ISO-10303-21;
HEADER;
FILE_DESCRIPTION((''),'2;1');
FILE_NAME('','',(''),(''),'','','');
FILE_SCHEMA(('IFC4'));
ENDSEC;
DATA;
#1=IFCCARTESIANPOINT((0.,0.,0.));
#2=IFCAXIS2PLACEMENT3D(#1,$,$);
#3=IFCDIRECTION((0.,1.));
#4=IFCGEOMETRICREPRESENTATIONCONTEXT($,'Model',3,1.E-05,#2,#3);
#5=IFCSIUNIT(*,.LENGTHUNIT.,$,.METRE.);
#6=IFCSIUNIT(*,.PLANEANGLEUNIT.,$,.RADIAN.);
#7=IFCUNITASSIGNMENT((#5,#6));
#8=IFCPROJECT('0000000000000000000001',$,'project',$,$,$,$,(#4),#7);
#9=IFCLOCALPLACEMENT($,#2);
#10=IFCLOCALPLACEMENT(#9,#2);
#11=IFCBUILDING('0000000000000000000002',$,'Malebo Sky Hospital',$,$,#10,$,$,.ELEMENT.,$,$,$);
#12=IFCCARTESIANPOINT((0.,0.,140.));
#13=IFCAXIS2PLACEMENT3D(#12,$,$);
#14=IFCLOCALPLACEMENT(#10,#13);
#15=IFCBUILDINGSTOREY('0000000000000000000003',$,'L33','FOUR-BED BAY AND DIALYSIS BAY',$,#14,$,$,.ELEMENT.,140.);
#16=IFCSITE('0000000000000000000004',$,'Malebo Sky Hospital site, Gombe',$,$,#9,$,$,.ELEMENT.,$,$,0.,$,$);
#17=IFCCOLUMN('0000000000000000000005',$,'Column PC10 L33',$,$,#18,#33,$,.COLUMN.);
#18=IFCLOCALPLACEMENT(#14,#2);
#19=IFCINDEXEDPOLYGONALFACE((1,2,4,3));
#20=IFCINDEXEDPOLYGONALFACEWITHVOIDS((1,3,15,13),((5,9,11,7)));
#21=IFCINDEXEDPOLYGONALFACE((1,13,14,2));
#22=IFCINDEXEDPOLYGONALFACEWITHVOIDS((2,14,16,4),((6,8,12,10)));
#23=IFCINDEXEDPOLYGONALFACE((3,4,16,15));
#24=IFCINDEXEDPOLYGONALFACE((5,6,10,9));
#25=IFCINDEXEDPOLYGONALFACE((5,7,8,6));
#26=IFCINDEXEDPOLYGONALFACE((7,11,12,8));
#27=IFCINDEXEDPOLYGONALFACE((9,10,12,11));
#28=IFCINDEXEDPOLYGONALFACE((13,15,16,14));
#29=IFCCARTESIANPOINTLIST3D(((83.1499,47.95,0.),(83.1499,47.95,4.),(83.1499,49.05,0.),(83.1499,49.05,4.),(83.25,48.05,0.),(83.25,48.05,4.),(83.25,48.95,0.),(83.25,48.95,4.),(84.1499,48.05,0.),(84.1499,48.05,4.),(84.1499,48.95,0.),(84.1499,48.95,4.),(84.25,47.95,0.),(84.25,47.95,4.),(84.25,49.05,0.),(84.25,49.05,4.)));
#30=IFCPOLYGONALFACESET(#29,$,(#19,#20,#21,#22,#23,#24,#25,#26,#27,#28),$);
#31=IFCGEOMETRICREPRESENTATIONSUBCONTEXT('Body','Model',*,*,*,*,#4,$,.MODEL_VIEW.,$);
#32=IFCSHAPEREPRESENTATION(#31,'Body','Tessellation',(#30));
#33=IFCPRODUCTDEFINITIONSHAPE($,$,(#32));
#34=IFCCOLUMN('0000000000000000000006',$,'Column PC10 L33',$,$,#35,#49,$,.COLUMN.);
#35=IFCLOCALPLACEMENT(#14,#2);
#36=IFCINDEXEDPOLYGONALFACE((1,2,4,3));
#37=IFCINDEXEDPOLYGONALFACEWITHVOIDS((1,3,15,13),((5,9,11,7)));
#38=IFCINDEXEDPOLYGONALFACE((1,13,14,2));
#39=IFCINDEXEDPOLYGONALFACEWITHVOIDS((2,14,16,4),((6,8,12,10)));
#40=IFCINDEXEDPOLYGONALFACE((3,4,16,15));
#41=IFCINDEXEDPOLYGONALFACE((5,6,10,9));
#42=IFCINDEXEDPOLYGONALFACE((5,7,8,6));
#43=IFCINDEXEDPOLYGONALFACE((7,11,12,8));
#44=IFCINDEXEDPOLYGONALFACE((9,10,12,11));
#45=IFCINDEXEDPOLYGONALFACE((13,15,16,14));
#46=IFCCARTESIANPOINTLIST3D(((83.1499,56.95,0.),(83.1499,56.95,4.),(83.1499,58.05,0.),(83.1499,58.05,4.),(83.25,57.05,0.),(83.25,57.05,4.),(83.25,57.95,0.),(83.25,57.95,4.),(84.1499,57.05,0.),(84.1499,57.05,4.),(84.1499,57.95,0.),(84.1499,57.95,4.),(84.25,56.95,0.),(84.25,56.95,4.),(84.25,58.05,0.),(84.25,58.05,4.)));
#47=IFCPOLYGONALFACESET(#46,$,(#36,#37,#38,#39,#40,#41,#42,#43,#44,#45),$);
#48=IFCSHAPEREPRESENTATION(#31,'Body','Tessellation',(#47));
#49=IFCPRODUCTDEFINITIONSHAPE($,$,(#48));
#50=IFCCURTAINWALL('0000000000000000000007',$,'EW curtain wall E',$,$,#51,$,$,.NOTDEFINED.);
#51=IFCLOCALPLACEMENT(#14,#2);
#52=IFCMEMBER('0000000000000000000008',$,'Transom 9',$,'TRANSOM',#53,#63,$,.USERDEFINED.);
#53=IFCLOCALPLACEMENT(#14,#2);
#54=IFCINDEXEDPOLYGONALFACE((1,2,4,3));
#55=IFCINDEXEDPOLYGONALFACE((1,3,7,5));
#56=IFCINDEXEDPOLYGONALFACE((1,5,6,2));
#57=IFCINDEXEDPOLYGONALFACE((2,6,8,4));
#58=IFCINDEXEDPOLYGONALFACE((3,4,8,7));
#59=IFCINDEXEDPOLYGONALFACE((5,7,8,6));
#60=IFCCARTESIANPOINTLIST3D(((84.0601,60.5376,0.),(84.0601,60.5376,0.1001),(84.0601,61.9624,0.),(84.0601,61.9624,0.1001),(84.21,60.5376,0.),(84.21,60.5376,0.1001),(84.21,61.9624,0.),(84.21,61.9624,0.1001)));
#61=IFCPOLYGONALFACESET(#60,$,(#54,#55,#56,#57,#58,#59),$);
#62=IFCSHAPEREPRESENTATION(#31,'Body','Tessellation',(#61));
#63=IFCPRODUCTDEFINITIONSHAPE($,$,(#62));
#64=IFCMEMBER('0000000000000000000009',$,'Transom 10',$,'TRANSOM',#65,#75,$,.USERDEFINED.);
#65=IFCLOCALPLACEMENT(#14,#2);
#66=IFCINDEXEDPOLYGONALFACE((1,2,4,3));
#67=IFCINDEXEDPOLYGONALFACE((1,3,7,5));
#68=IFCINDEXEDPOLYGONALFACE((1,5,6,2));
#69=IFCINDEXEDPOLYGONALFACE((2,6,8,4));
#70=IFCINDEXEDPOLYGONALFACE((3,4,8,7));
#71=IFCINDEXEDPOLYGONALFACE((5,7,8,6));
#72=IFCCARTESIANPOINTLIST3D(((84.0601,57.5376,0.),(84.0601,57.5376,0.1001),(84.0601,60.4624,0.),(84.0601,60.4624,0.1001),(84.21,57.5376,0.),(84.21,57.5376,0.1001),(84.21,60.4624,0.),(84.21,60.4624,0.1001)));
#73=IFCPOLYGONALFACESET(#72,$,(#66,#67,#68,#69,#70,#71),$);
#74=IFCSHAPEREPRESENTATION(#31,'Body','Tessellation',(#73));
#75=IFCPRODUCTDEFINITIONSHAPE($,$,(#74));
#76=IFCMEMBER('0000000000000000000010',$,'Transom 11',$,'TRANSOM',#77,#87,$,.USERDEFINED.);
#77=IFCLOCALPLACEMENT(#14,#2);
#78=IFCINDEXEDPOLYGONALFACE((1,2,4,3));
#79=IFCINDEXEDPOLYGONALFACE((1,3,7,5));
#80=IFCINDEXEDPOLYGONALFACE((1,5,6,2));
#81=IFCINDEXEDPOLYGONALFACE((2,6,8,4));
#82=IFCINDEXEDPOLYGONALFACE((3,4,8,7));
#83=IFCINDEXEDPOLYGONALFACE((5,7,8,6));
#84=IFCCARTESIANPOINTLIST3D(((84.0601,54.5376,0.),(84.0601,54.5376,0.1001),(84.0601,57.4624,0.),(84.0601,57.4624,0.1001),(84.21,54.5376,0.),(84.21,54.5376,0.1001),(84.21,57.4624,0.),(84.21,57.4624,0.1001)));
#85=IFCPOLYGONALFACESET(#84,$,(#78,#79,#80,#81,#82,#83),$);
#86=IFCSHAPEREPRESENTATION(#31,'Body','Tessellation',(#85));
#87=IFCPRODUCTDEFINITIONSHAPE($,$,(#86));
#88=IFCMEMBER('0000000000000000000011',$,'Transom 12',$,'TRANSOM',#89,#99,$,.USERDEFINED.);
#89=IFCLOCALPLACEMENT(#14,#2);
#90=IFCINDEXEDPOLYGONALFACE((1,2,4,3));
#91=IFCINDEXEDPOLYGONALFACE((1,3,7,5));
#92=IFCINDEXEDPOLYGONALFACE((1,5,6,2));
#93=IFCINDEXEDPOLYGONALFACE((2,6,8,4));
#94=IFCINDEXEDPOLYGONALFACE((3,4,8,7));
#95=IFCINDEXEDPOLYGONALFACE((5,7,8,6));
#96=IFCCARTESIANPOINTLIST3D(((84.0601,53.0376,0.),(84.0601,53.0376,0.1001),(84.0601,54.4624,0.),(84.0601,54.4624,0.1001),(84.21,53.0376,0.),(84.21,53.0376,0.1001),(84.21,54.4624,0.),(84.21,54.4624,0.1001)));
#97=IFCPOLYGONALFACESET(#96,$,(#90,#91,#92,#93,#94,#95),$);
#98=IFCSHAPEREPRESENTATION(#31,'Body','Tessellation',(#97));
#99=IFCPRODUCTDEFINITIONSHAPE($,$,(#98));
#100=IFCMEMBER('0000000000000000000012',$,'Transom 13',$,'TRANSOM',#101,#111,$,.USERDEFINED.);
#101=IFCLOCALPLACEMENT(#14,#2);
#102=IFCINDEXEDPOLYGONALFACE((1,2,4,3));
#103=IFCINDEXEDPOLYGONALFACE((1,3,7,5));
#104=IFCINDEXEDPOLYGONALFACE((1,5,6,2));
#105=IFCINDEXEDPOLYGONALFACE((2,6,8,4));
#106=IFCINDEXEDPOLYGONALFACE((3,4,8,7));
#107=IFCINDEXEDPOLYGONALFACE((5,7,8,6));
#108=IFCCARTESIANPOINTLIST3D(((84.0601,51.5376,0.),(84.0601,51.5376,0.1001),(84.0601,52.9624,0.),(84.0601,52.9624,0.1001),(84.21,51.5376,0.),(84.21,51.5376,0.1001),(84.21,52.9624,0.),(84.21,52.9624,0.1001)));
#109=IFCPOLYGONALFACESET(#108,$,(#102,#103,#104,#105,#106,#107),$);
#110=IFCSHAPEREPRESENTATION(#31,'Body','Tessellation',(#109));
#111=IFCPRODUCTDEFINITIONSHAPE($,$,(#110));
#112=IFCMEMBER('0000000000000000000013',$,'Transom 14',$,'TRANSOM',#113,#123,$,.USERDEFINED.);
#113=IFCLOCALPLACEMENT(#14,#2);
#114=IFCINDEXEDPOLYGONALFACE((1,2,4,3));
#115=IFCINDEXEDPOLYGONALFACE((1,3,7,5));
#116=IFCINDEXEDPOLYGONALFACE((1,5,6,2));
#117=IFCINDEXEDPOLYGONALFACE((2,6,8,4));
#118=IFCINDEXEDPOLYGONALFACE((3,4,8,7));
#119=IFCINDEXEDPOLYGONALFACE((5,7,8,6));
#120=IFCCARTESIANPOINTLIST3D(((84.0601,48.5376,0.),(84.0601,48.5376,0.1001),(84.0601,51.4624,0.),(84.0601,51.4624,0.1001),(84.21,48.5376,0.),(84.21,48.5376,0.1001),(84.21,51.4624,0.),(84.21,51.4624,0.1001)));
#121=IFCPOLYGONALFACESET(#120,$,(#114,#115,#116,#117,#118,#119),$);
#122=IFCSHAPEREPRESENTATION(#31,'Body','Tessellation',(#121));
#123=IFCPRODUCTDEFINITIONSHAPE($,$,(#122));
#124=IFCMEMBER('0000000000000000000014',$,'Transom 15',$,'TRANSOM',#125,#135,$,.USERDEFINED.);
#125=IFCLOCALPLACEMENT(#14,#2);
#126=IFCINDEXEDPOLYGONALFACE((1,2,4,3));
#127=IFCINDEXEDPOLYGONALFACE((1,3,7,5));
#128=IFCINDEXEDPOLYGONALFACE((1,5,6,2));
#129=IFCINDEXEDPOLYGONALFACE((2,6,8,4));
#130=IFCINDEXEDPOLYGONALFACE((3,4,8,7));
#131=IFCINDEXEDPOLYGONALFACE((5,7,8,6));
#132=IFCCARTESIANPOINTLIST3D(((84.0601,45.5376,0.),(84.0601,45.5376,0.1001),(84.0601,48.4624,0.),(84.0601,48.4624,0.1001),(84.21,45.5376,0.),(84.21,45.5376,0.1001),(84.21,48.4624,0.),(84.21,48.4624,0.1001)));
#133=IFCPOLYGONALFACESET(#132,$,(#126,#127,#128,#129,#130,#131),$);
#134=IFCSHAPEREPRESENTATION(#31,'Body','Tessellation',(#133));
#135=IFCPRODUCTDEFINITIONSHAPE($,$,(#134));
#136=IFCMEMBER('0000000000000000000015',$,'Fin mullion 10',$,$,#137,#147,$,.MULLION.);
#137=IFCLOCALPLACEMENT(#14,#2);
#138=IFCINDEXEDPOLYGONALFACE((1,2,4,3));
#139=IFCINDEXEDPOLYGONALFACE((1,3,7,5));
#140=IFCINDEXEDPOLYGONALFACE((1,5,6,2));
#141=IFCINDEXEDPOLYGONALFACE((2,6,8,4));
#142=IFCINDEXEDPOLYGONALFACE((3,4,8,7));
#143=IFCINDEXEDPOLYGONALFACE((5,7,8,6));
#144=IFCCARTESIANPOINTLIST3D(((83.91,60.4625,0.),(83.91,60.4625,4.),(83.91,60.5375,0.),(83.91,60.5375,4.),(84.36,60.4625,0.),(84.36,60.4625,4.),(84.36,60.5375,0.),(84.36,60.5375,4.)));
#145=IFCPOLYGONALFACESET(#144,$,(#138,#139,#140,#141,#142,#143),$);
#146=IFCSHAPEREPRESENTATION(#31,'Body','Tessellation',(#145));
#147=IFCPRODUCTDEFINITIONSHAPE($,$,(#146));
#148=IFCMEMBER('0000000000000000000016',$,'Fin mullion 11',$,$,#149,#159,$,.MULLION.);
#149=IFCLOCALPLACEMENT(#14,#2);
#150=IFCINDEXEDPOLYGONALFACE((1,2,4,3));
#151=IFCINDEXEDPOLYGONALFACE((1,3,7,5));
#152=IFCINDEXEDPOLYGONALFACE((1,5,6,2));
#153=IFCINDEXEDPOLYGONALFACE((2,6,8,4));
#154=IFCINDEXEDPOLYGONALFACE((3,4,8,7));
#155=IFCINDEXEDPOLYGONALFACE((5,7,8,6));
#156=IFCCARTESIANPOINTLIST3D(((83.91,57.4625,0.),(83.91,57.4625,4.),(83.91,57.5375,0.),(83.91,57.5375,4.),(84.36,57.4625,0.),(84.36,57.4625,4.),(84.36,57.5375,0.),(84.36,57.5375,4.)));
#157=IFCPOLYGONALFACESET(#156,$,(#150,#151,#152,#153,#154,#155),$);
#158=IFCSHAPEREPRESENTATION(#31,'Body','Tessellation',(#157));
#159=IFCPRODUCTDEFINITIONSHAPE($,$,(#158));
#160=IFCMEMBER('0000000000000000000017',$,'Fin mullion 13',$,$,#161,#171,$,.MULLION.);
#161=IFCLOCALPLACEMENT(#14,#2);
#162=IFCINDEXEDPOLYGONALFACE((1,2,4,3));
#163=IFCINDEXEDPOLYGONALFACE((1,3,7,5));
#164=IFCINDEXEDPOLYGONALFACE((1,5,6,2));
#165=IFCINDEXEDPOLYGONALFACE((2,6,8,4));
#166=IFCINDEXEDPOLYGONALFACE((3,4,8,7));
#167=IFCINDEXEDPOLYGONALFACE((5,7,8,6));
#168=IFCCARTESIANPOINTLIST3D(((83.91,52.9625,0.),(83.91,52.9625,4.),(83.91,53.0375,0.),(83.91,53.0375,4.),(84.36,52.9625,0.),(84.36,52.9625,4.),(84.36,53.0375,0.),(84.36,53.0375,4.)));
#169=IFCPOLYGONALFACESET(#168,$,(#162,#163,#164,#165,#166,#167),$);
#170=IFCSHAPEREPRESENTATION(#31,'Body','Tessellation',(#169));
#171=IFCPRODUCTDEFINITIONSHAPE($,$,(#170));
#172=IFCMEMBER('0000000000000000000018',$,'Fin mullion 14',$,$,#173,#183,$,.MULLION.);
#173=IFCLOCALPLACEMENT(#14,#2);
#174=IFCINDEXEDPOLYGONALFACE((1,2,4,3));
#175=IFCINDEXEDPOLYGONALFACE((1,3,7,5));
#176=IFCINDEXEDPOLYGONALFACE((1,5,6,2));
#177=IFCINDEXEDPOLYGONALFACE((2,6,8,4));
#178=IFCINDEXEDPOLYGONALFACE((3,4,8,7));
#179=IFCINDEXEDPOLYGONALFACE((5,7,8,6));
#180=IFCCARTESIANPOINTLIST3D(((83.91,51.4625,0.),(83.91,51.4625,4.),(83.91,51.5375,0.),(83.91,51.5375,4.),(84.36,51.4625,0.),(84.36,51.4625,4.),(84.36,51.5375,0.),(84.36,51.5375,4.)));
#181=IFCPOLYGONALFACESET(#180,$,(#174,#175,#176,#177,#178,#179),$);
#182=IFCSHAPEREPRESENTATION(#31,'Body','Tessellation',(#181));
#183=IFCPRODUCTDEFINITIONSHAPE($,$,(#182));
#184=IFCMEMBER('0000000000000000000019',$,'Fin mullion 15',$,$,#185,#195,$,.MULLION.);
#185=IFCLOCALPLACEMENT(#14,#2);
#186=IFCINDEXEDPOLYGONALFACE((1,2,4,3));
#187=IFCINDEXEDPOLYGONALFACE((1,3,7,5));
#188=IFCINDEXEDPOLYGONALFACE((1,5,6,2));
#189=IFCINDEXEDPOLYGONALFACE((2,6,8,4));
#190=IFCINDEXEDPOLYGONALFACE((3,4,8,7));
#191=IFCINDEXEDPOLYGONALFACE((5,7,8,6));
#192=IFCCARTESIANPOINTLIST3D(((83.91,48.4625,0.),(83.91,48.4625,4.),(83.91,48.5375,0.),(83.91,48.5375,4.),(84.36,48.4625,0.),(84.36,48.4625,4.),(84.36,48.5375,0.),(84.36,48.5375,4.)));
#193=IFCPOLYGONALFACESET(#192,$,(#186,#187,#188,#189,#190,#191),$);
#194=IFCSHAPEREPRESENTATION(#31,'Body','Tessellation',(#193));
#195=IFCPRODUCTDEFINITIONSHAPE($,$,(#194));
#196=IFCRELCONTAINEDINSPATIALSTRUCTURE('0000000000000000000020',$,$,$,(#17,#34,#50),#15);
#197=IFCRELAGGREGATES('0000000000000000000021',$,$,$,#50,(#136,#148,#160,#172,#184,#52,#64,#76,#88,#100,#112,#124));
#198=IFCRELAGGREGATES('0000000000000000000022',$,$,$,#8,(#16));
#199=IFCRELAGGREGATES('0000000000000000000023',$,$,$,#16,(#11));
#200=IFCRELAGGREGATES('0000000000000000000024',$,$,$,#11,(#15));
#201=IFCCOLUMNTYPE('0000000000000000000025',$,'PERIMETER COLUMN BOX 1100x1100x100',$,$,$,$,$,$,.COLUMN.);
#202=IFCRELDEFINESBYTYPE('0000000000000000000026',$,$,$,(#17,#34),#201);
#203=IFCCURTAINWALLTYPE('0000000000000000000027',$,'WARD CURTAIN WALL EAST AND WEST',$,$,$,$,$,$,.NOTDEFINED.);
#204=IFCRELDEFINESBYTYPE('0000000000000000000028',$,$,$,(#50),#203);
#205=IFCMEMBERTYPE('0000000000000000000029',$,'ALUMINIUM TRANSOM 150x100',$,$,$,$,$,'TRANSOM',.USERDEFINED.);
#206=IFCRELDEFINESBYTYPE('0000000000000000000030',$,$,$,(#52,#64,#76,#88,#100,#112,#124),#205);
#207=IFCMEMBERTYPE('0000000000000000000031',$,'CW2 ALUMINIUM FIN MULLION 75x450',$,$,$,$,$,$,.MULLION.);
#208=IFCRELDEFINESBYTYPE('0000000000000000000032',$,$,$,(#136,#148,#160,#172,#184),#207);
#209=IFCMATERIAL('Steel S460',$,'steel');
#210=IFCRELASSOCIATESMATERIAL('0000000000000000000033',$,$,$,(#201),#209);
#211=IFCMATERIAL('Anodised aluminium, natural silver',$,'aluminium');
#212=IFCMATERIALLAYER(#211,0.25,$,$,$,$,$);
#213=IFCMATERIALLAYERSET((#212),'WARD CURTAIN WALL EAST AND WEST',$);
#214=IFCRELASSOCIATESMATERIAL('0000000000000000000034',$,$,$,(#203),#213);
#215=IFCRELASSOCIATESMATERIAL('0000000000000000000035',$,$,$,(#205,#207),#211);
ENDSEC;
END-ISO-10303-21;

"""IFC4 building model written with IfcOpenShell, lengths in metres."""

from ifc_helpers import new_model, si_unit, direction, frame, origin, origin_2d, place, context, subcontext, project, spatial, rectangle, hollow_rectangle, extrude, material, layer, layer_set, material_profile, profile_set, type_object, element, aggregate, save


model = new_model("IFC4")

# Units and contexts
model_context = context("Model", 3, precision=1e-05, world=origin(), true_north=direction((0.0, 1.0)))
body_context = subcontext(model_context, "Body", "Model", "MODEL_VIEW")
ifc_project = project(units=[si_unit("LENGTHUNIT", "METRE"), si_unit("PLANEANGLEUNIT", "RADIAN")], contexts=[model_context])

# Site, building, storey
site_placement = place(None, origin())
site = spatial("IfcSite", under=ifc_project, at=site_placement, Name="Malebo Sky Hospital site, Gombe", CompositionType="ELEMENT", RefElevation=0.0)
building_placement = place(site_placement, origin())
building = spatial("IfcBuilding", under=site, at=building_placement, Name="Malebo Sky Hospital", CompositionType="ELEMENT")
storey_placement = place(building_placement, frame((0.0, 0.0, 140.0)))
storey = spatial("IfcBuildingStorey", under=building, at=storey_placement, Name="L33", Description="FOUR-BED BAY AND DIALYSIS BAY", CompositionType="ELEMENT", Elevation=140.0)

# Columns
ifc_material_1 = material(Name="Steel S460", Category="steel")
ifc_material_profile_1 = material_profile(ifc_material_1, hollow_rectangle(XDim=1.1001, YDim=1.1001, WallThickness=0.1001, at=origin_2d()), Name="BOX 1100x1100x100")
ifc_profile_set_1 = profile_set([ifc_material_profile_1], Name="Steel S460")
column_type = type_object("IfcColumnType", Name="PERIMETER COLUMN BOX 1100x1100x100", PredefinedType="COLUMN", material=ifc_profile_set_1)
for number, where, z_axis, x_axis, name in (
    (1, (83.7, 48.5, 0.0), (0.0, 0.0, 1.0), (1.0, 0.0, 0.0), "Column PC10 L33"),
    (2, (83.7, 57.5, 0.0), (0.0, 0.0, 1.0), (1.0, 0.0, 0.0), "Column PC10 L33"),
):
    element("IfcColumn", number, at=place(storey_placement, frame(where, z_axis=z_axis, x_axis=x_axis)), inside=storey, type_object=column_type, Name=name, PredefinedType="COLUMN", context=body_context, shape_type="SweptSolid", body=[
        extrude(hollow_rectangle(XDim=1.1001, YDim=1.1001, WallThickness=0.1001, at=origin_2d()), origin(), (0.0, 0.0, 1.0), 4.0),
    ])

# Curtain wall, members
ifc_material_2 = material(Name="Anodised aluminium, natural silver", Category="aluminium")
ifc_layer_1 = layer(ifc_material_2, 0.25)
ifc_layer_set_1 = layer_set([ifc_layer_1], Name="WARD CURTAIN WALL EAST AND WEST")
curtain_wall_type = type_object("IfcCurtainWallType", Name="WARD CURTAIN WALL EAST AND WEST", PredefinedType="NOTDEFINED", material=ifc_layer_set_1)
curtain_wall_placement = place(storey_placement, origin())
curtain_wall = element("IfcCurtainWall", 3, at=curtain_wall_placement, inside=storey, type_object=curtain_wall_type, Name="EW curtain wall E", PredefinedType="NOTDEFINED")
ifc_material_profile_2 = material_profile(ifc_material_2, rectangle(XDim=0.1499, YDim=0.1001, at=origin_2d()), Name="ALUMINIUM TRANSOM 150x100")
ifc_profile_set_2 = profile_set([ifc_material_profile_2], Name="Anodised aluminium, natural silver")
member_type_1 = type_object("IfcMemberType", Name="ALUMINIUM TRANSOM 150x100", ElementType="TRANSOM", PredefinedType="USERDEFINED", material=ifc_profile_set_2)
member_1_placement = place(storey_placement, frame((84.135, 61.9624, 0.05), z_axis=(0.0, -1.0, 0.0), x_axis=(1.0, 0.0, 0.0)))
member_1 = element("IfcMember", 4, at=member_1_placement, type_object=member_type_1, Name="Transom 9", ObjectType="TRANSOM", PredefinedType="USERDEFINED", context=body_context, shape_type="SweptSolid", body=[
    extrude(rectangle(XDim=0.1499, YDim=0.1001, at=origin_2d()), origin(), (0.0, 0.0, 1.0), 1.4248),
])
member_2_placement = place(storey_placement, frame((84.135, 60.4624, 0.05), z_axis=(0.0, -1.0, 0.0), x_axis=(1.0, 0.0, 0.0)))
member_2 = element("IfcMember", 5, at=member_2_placement, type_object=member_type_1, Name="Transom 10", ObjectType="TRANSOM", PredefinedType="USERDEFINED", context=body_context, shape_type="SweptSolid", body=[
    extrude(rectangle(XDim=0.1499, YDim=0.1001, at=origin_2d()), origin(), (0.0, 0.0, 1.0), 2.9248),
])
member_3_placement = place(storey_placement, frame((84.135, 57.4624, 0.05), z_axis=(0.0, -1.0, 0.0), x_axis=(1.0, 0.0, 0.0)))
member_3 = element("IfcMember", 6, at=member_3_placement, type_object=member_type_1, Name="Transom 11", ObjectType="TRANSOM", PredefinedType="USERDEFINED", context=body_context, shape_type="SweptSolid", body=[
    extrude(rectangle(XDim=0.1499, YDim=0.1001, at=origin_2d()), origin(), (0.0, 0.0, 1.0), 2.9248),
])
member_4_placement = place(storey_placement, frame((84.135, 54.4624, 0.05), z_axis=(0.0, -1.0, 0.0), x_axis=(1.0, 0.0, 0.0)))
member_4 = element("IfcMember", 7, at=member_4_placement, type_object=member_type_1, Name="Transom 12", ObjectType="TRANSOM", PredefinedType="USERDEFINED", context=body_context, shape_type="SweptSolid", body=[
    extrude(rectangle(XDim=0.1499, YDim=0.1001, at=origin_2d()), origin(), (0.0, 0.0, 1.0), 1.4248),
])
member_5_placement = place(storey_placement, frame((84.135, 52.9624, 0.05), z_axis=(0.0, -1.0, 0.0), x_axis=(1.0, 0.0, 0.0)))
member_5 = element("IfcMember", 8, at=member_5_placement, type_object=member_type_1, Name="Transom 13", ObjectType="TRANSOM", PredefinedType="USERDEFINED", context=body_context, shape_type="SweptSolid", body=[
    extrude(rectangle(XDim=0.1499, YDim=0.1001, at=origin_2d()), origin(), (0.0, 0.0, 1.0), 1.4248),
])
member_6_placement = place(storey_placement, frame((84.135, 51.4624, 0.05), z_axis=(0.0, -1.0, 0.0), x_axis=(1.0, 0.0, 0.0)))
member_6 = element("IfcMember", 9, at=member_6_placement, type_object=member_type_1, Name="Transom 14", ObjectType="TRANSOM", PredefinedType="USERDEFINED", context=body_context, shape_type="SweptSolid", body=[
    extrude(rectangle(XDim=0.1499, YDim=0.1001, at=origin_2d()), origin(), (0.0, 0.0, 1.0), 2.9248),
])
member_7_placement = place(storey_placement, frame((84.135, 48.4624, 0.05), z_axis=(0.0, -1.0, 0.0), x_axis=(1.0, 0.0, 0.0)))
member_7 = element("IfcMember", 10, at=member_7_placement, type_object=member_type_1, Name="Transom 15", ObjectType="TRANSOM", PredefinedType="USERDEFINED", context=body_context, shape_type="SweptSolid", body=[
    extrude(rectangle(XDim=0.1499, YDim=0.1001, at=origin_2d()), origin(), (0.0, 0.0, 1.0), 2.9248),
])
ifc_material_profile_3 = material_profile(ifc_material_2, rectangle(XDim=0.075, YDim=0.45, at=origin_2d()), Name="CW2 ALUMINIUM FIN MULLION 75x450")
ifc_profile_set_3 = profile_set([ifc_material_profile_3], Name="Anodised aluminium, natural silver")
member_type_2 = type_object("IfcMemberType", Name="CW2 ALUMINIUM FIN MULLION 75x450", PredefinedType="MULLION", material=ifc_profile_set_3)
member_8_placement = place(storey_placement, frame((84.135, 60.5, 0.0), z_axis=(0.0, 0.0, 1.0), x_axis=(0.0, -1.0, 0.0)))
member_8 = element("IfcMember", 11, at=member_8_placement, type_object=member_type_2, Name="Fin mullion 10", PredefinedType="MULLION", context=body_context, shape_type="SweptSolid", body=[
    extrude(rectangle(XDim=0.075, YDim=0.45, at=origin_2d()), origin(), (0.0, 0.0, 1.0), 4.0),
])
member_9_placement = place(storey_placement, frame((84.135, 57.5, 0.0), z_axis=(0.0, 0.0, 1.0), x_axis=(0.0, -1.0, 0.0)))
member_9 = element("IfcMember", 12, at=member_9_placement, type_object=member_type_2, Name="Fin mullion 11", PredefinedType="MULLION", context=body_context, shape_type="SweptSolid", body=[
    extrude(rectangle(XDim=0.075, YDim=0.45, at=origin_2d()), origin(), (0.0, 0.0, 1.0), 4.0),
])
member_10_placement = place(storey_placement, frame((84.135, 53.0, 0.0), z_axis=(0.0, 0.0, 1.0), x_axis=(0.0, -1.0, 0.0)))
member_10 = element("IfcMember", 13, at=member_10_placement, type_object=member_type_2, Name="Fin mullion 13", PredefinedType="MULLION", context=body_context, shape_type="SweptSolid", body=[
    extrude(rectangle(XDim=0.075, YDim=0.45, at=origin_2d()), origin(), (0.0, 0.0, 1.0), 4.0),
])
member_11_placement = place(storey_placement, frame((84.135, 51.5, 0.0), z_axis=(0.0, 0.0, 1.0), x_axis=(0.0, -1.0, 0.0)))
member_11 = element("IfcMember", 14, at=member_11_placement, type_object=member_type_2, Name="Fin mullion 14", PredefinedType="MULLION", context=body_context, shape_type="SweptSolid", body=[
    extrude(rectangle(XDim=0.075, YDim=0.45, at=origin_2d()), origin(), (0.0, 0.0, 1.0), 4.0),
])
member_12_placement = place(storey_placement, frame((84.135, 48.5, 0.0), z_axis=(0.0, 0.0, 1.0), x_axis=(0.0, -1.0, 0.0)))
member_12 = element("IfcMember", 15, at=member_12_placement, type_object=member_type_2, Name="Fin mullion 15", PredefinedType="MULLION", context=body_context, shape_type="SweptSolid", body=[
    extrude(rectangle(XDim=0.075, YDim=0.45, at=origin_2d()), origin(), (0.0, 0.0, 1.0), 4.0),
])

aggregate(curtain_wall, [member_8, member_9, member_10, member_11, member_12, member_1, member_2, member_3, member_4, member_5, member_6, member_7])

save(model, "model.ifc")
